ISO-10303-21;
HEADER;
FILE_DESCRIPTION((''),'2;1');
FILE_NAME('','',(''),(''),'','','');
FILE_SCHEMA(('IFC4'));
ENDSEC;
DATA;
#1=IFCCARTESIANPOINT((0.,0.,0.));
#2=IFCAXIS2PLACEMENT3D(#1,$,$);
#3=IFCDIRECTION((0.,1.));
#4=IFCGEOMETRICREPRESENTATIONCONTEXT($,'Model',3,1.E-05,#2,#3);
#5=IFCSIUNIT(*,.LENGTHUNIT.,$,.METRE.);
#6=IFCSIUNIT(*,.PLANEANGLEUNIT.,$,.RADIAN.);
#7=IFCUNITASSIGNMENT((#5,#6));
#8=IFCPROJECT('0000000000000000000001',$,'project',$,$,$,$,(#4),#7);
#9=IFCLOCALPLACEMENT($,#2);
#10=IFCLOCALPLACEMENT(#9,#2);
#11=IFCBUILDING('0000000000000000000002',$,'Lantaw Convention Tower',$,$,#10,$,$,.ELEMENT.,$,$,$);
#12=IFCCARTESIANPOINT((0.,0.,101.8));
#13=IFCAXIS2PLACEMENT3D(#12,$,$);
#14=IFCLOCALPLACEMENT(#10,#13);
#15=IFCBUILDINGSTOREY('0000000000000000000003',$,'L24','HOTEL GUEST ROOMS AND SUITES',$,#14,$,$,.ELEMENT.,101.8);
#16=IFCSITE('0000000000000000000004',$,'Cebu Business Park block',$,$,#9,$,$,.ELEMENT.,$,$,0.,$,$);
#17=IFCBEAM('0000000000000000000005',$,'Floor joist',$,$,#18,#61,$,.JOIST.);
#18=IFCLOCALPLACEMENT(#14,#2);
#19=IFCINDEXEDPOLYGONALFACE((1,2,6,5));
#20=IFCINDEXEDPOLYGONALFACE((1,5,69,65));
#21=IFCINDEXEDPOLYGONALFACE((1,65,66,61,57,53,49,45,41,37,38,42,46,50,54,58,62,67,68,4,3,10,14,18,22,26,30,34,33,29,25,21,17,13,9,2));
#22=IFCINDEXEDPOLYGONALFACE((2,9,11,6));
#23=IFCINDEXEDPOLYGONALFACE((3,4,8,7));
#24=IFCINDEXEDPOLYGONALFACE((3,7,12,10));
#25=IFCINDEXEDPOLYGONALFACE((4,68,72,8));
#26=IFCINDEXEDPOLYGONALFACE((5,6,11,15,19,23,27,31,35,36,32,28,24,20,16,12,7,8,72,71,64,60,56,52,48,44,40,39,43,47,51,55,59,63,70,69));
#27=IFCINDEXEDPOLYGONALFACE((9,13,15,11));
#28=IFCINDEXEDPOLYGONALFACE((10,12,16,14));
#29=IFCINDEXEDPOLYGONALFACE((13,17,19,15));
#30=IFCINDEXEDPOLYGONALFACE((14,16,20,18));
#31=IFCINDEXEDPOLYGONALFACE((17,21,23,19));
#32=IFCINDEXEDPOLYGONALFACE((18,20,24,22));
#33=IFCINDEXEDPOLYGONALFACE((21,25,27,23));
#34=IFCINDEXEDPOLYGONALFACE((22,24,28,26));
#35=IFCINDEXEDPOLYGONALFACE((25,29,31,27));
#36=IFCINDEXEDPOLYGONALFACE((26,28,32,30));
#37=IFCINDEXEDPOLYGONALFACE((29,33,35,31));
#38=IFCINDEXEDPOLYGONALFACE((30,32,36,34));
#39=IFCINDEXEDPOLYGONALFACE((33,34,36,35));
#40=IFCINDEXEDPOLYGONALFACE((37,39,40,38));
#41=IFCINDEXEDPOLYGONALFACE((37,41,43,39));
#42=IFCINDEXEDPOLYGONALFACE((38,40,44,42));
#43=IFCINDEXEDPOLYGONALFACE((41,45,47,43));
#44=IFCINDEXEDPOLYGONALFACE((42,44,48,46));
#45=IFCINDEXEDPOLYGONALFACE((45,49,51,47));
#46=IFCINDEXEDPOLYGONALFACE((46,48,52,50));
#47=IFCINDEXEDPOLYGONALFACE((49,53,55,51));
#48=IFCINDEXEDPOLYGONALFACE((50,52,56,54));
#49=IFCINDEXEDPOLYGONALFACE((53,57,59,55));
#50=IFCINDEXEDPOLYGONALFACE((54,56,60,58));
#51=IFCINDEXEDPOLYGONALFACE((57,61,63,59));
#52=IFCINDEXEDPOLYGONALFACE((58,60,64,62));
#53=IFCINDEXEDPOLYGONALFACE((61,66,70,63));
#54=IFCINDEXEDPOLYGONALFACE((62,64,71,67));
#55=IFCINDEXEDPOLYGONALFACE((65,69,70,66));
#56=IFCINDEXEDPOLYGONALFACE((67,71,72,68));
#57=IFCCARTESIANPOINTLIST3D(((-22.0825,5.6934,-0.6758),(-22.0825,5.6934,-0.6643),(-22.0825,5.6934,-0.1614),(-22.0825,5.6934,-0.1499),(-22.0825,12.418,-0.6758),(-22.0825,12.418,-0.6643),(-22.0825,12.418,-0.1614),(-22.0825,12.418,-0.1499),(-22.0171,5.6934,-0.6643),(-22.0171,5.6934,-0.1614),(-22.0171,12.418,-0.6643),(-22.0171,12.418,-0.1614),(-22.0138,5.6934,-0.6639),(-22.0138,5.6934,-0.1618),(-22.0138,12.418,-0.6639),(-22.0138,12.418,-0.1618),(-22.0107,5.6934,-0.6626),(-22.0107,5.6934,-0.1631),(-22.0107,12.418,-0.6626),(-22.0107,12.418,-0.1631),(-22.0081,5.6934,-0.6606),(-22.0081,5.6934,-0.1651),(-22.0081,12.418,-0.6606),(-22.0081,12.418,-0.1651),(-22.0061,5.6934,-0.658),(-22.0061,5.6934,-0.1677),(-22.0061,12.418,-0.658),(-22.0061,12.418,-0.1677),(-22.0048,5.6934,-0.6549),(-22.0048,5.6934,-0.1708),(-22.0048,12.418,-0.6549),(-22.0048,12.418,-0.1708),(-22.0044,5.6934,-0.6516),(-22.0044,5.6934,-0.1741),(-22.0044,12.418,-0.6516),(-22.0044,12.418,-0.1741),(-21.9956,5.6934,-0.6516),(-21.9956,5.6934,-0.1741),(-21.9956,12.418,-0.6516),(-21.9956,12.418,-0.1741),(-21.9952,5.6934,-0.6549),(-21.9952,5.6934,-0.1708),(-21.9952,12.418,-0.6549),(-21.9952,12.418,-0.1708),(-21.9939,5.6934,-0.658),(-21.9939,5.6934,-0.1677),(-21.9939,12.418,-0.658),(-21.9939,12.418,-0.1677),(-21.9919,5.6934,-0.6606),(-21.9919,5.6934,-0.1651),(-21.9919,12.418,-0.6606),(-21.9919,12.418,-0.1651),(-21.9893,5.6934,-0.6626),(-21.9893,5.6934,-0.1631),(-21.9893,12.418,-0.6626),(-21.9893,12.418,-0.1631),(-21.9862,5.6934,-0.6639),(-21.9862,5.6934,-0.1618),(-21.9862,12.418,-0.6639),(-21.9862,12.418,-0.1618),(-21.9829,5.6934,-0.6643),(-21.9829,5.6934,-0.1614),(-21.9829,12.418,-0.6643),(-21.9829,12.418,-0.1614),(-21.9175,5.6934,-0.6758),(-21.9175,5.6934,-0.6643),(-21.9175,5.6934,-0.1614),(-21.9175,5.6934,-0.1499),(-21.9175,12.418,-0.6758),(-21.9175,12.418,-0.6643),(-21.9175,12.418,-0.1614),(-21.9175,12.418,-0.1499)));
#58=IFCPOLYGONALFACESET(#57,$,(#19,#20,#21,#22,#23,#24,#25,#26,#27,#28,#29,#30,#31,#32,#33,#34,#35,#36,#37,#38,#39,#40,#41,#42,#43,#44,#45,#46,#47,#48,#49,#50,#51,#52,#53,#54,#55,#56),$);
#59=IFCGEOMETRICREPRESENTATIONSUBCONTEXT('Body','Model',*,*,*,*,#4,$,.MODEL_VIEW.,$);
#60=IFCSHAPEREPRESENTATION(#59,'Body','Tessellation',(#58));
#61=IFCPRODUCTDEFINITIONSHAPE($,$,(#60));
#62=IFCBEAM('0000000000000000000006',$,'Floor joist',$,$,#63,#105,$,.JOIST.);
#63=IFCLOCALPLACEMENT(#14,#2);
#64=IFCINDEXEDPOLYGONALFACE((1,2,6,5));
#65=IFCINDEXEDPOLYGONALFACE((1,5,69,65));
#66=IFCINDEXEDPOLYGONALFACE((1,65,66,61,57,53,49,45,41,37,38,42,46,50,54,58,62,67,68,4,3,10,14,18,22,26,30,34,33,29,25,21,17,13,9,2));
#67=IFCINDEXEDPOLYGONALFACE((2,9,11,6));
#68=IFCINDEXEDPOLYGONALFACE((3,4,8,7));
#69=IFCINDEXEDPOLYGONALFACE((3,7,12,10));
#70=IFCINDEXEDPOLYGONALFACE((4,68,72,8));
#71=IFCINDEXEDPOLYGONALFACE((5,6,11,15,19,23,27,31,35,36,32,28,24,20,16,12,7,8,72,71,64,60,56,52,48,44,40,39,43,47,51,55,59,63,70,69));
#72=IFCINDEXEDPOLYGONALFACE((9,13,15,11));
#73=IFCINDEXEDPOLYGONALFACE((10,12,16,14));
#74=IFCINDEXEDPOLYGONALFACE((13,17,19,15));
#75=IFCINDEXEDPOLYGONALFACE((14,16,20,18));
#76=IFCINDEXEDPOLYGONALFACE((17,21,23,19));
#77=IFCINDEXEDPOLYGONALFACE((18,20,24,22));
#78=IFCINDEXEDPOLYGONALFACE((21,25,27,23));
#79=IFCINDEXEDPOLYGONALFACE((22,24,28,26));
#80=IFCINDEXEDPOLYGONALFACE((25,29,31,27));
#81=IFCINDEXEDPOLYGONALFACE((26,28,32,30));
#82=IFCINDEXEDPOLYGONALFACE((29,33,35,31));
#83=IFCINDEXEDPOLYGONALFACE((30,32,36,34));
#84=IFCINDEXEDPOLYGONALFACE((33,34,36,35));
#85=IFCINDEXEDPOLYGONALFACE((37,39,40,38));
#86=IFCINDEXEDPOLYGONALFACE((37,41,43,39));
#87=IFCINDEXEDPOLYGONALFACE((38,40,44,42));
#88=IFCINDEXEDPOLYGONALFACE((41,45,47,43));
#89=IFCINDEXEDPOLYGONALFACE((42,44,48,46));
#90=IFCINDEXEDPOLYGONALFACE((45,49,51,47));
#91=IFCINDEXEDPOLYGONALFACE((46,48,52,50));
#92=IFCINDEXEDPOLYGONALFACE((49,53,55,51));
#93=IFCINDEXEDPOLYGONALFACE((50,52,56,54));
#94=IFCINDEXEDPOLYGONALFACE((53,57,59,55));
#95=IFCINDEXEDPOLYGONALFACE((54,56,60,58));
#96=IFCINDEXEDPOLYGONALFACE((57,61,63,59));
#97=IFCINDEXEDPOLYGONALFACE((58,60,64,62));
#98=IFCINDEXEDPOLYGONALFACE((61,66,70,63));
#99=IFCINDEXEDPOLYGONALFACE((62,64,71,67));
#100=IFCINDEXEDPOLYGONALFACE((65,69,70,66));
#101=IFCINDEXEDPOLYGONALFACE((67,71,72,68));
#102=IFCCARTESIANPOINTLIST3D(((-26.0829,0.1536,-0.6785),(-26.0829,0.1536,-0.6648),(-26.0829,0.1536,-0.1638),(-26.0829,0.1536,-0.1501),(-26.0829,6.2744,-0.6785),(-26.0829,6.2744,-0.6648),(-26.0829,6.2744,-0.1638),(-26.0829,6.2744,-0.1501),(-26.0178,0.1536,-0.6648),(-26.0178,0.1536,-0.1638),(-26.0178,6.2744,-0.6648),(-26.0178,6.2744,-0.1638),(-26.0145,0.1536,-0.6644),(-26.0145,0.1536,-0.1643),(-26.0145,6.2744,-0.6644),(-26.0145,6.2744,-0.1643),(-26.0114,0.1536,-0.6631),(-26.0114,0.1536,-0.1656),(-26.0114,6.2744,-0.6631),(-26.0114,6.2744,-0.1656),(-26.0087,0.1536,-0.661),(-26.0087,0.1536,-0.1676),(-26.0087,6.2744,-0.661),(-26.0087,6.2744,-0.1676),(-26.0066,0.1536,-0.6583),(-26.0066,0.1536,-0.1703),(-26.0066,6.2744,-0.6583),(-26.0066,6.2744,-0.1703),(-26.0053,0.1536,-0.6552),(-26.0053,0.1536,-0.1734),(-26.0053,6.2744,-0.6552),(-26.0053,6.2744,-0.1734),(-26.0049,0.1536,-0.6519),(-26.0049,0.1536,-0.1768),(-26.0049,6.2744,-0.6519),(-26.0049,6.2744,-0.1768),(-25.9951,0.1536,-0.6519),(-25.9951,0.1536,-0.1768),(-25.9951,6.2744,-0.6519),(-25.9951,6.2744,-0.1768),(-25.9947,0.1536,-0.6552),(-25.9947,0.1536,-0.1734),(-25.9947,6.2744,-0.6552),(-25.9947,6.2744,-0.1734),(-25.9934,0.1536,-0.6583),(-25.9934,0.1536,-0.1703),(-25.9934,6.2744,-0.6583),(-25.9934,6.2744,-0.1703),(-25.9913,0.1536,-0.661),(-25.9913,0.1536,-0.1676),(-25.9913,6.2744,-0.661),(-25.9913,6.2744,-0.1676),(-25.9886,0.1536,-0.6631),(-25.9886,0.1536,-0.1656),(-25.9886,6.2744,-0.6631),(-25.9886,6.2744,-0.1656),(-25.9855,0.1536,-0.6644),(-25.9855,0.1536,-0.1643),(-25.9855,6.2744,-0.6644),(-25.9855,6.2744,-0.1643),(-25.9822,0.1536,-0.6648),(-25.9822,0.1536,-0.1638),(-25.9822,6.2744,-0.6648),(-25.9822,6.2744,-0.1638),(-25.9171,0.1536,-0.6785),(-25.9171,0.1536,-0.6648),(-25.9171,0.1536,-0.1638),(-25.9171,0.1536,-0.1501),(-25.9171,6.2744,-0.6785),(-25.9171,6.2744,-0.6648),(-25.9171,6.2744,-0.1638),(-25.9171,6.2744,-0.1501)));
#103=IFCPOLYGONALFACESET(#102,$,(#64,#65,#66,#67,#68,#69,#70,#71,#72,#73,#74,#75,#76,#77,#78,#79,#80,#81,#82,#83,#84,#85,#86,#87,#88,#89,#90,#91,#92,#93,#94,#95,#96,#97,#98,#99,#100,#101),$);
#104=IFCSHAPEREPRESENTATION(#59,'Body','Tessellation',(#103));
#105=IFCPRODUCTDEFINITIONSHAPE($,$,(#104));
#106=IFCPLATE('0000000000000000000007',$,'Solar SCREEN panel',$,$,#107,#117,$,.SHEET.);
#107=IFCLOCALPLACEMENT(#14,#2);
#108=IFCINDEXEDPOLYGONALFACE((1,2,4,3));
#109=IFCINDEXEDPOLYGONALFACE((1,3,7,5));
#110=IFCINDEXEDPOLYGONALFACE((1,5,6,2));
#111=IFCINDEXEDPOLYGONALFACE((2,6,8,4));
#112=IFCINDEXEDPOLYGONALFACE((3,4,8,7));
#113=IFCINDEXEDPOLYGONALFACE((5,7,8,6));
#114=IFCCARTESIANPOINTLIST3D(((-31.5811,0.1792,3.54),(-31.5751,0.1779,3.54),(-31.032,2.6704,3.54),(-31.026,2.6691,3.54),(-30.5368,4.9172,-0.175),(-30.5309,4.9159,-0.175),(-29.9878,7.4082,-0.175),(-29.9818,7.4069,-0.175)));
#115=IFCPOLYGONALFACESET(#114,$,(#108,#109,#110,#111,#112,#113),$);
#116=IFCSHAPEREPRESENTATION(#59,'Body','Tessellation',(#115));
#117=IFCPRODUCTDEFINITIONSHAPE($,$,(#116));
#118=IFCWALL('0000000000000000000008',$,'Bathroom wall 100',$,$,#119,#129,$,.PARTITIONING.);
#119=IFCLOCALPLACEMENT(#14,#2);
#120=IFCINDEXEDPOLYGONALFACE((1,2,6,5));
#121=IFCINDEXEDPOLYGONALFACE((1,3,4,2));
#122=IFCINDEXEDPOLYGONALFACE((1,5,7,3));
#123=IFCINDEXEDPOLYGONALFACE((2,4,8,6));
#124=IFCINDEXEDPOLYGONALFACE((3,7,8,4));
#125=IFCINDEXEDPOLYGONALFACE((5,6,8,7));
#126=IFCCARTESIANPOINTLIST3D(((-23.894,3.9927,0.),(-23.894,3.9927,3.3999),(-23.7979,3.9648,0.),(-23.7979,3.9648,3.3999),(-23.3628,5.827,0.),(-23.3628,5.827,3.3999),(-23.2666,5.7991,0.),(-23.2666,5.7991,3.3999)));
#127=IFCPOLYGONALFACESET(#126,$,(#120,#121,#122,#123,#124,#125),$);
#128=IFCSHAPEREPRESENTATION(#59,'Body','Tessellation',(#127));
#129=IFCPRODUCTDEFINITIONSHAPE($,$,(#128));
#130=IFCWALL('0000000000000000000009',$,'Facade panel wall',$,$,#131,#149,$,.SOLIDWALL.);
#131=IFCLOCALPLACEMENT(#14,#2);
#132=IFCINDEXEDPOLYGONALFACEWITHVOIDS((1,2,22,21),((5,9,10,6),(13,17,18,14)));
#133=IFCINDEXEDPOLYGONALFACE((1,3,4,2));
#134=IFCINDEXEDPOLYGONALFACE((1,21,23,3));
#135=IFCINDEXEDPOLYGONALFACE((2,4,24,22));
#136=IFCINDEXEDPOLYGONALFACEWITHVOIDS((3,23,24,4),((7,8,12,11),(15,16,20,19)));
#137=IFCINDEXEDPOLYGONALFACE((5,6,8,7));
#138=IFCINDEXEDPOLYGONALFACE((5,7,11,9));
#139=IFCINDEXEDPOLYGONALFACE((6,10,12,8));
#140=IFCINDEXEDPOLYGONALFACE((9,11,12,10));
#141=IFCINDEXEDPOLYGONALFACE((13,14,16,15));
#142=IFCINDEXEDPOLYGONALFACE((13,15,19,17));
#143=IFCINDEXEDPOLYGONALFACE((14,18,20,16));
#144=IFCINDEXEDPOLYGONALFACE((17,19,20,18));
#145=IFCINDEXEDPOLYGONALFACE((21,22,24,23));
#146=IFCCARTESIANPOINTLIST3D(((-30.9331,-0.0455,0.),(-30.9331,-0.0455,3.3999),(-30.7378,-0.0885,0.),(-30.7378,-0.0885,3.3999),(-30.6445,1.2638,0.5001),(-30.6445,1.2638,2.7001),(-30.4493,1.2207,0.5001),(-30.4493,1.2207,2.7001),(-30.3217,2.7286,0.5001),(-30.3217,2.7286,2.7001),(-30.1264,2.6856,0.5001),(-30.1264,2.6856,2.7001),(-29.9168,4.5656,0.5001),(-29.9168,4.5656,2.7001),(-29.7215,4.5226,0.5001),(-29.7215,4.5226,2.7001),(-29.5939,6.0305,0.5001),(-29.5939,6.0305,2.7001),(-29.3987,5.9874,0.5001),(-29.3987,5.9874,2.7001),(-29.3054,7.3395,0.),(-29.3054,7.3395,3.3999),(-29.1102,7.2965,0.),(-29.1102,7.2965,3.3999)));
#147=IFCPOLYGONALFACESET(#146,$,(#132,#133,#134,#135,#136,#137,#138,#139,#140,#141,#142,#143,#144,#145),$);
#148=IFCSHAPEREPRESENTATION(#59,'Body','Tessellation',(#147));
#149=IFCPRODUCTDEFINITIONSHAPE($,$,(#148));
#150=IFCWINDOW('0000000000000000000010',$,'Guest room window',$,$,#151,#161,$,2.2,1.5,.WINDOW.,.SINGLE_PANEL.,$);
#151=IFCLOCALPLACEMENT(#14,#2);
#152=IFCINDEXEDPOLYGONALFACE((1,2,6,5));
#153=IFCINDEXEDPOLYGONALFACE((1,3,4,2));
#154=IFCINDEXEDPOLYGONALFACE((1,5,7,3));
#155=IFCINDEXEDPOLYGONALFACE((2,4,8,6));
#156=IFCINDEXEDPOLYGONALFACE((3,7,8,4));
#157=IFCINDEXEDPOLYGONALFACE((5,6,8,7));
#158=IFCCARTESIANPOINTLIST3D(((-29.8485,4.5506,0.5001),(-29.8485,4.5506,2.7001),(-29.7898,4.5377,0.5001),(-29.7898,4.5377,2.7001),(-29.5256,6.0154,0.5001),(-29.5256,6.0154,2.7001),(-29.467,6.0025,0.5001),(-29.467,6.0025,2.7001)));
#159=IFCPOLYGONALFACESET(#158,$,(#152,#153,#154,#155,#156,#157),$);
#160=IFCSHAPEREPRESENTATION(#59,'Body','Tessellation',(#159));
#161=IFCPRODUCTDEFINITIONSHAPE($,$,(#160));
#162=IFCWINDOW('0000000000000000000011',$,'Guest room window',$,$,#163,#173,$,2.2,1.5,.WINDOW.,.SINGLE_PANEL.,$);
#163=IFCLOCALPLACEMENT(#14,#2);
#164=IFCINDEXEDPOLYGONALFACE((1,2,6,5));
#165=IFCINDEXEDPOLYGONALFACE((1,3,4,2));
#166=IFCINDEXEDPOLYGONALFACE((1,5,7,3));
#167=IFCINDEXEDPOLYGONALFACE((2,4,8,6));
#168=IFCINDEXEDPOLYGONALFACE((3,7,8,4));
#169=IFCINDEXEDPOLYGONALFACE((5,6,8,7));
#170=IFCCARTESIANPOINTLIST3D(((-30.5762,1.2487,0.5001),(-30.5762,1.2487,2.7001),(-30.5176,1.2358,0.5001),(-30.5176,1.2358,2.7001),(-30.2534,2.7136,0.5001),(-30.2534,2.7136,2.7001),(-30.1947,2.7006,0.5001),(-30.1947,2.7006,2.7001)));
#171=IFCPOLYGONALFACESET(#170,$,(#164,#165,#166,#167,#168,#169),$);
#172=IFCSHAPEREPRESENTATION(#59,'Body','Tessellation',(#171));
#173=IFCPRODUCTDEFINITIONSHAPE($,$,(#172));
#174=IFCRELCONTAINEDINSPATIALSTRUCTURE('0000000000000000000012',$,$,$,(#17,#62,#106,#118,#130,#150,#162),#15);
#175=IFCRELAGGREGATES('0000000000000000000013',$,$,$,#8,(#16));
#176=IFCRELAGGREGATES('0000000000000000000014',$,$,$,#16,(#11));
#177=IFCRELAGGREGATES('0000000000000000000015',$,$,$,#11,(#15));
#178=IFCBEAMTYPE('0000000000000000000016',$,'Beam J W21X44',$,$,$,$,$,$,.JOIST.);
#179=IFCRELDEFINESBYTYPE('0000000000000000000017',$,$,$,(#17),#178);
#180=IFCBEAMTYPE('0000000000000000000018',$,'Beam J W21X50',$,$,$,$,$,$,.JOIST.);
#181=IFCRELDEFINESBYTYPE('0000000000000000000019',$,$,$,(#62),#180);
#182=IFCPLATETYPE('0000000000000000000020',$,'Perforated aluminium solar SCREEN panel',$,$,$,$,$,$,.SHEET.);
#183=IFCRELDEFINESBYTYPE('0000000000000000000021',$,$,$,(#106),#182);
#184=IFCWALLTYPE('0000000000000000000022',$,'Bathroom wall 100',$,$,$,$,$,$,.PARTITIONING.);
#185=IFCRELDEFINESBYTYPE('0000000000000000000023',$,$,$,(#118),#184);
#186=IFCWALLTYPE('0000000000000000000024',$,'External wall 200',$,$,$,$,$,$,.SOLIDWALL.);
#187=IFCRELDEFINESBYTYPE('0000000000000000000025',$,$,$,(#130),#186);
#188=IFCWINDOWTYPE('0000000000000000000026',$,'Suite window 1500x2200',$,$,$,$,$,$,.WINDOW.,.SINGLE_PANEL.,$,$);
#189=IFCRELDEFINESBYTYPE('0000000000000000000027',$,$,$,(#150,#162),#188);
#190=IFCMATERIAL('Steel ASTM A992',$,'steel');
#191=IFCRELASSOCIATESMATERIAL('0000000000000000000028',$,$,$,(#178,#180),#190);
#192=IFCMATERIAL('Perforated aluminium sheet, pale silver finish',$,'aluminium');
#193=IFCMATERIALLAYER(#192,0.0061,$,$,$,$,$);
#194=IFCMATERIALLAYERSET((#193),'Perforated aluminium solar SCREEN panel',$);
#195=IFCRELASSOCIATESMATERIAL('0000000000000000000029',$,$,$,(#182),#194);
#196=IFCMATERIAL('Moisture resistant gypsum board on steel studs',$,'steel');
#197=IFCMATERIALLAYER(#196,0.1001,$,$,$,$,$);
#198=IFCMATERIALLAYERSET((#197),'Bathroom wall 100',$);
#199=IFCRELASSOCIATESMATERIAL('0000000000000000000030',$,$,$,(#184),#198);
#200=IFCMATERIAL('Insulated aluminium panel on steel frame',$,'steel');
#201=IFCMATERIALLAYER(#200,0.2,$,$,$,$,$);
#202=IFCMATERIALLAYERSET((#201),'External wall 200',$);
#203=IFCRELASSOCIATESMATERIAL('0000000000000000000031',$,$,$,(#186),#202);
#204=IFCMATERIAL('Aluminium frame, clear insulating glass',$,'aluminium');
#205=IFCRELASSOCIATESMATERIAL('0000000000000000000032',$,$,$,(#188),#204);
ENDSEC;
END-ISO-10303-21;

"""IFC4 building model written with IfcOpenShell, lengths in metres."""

from ifc_helpers import new_model, si_unit, direction, frame, frame_2d, origin, origin_2d, place, context, subcontext, project, spatial, polyline, rectangle, i_section, outline, extrude, material, layer, layer_set, material_profile, profile_set, type_object, element, fill, save


model = new_model("IFC4")

# Units and contexts
model_context = context("Model", 3, precision=1e-05, world=origin(), true_north=direction((0.0, 1.0)))
body_context = subcontext(model_context, "Body", "Model", "MODEL_VIEW")
ifc_project = project(units=[si_unit("LENGTHUNIT", "METRE"), si_unit("PLANEANGLEUNIT", "RADIAN")], contexts=[model_context])

# Site, building, storey
site_placement = place(None, origin())
site = spatial("IfcSite", under=ifc_project, at=site_placement, Name="Cebu Business Park block", CompositionType="ELEMENT", RefElevation=0.0)
building_placement = place(site_placement, origin())
building = spatial("IfcBuilding", under=site, at=building_placement, Name="Lantaw Convention Tower", CompositionType="ELEMENT")
storey_placement = place(building_placement, frame((0.0, 0.0, 101.8)))
storey = spatial("IfcBuildingStorey", under=building, at=storey_placement, Name="L24", Description="HOTEL GUEST ROOMS AND SUITES", CompositionType="ELEMENT", Elevation=101.8)

# Beams
ifc_material_1 = material(Name="Steel ASTM A992", Category="steel")
ifc_material_profile_1 = material_profile(ifc_material_1, i_section(OverallWidth=0.165, OverallDepth=0.5259, WebThickness=0.0088, FlangeThickness=0.0115, FilletRadius=0.0127, at=origin_2d()), Name="W21X44")
ifc_profile_set_1 = profile_set([ifc_material_profile_1], Name="Steel ASTM A992")
beam_type_1 = type_object("IfcBeamType", Name="Beam J W21X44", PredefinedType="JOIST", material=ifc_profile_set_1)
beam_1_placement = place(storey_placement, frame((-22.0, 5.6934, -0.4128), z_axis=(0.0, 1.0, 0.0), x_axis=(-1.0, 0.0, 0.0)))
element("IfcBeam", 1, at=beam_1_placement, inside=storey, type_object=beam_type_1, Name="Floor joist", PredefinedType="JOIST", context=body_context, shape_type="SweptSolid", body=[
    extrude(i_section(OverallWidth=0.165, OverallDepth=0.5259, WebThickness=0.0088, FlangeThickness=0.0115, FilletRadius=0.0127, at=origin_2d()), origin(), (0.0, 0.0, 1.0), 6.7246),
])
ifc_material_profile_2 = material_profile(ifc_material_1, i_section(OverallWidth=0.1658, OverallDepth=0.5283, WebThickness=0.0098, FlangeThickness=0.0137, FilletRadius=0.0129, at=origin_2d()), Name="W21X50")
ifc_profile_set_2 = profile_set([ifc_material_profile_2], Name="Steel ASTM A992")
beam_type_2 = type_object("IfcBeamType", Name="Beam J W21X50", PredefinedType="JOIST", material=ifc_profile_set_2)
beam_2_placement = place(storey_placement, frame((-26.0, 0.1536, -0.4143), z_axis=(0.0, 1.0, 0.0), x_axis=(-1.0, 0.0, 0.0)))
element("IfcBeam", 2, at=beam_2_placement, inside=storey, type_object=beam_type_2, Name="Floor joist", PredefinedType="JOIST", context=body_context, shape_type="SweptSolid", body=[
    extrude(i_section(OverallWidth=0.1658, OverallDepth=0.5283, WebThickness=0.0098, FlangeThickness=0.0137, FilletRadius=0.0129, at=origin_2d()), origin(), (0.0, 0.0, 1.0), 6.1208),
])

# Plate
ifc_material_2 = material(Name="Perforated aluminium sheet, pale silver finish", Category="aluminium")
ifc_layer_1 = layer(ifc_material_2, 0.0061)
ifc_layer_set_1 = layer_set([ifc_layer_1], Name="Perforated aluminium solar SCREEN panel")
plate_type = type_object("IfcPlateType", Name="Perforated aluminium solar SCREEN panel", PredefinedType="SHEET", material=ifc_layer_set_1)
plate_placement = place(storey_placement, frame((-29.9878, 7.4082, -0.175), z_axis=(-0.976559, 0.215248, 0.00003), x_axis=(-0.215248, -0.976559, 0.0)))
element("IfcPlate", 3, at=plate_placement, inside=storey, type_object=plate_type, Name="Solar SCREEN panel", PredefinedType="SHEET", context=body_context, shape_type="SweptSolid", body=[
    extrude(outline(polyline([(0.0, 0.0), (2.5508, 0.0), (7.4025, 3.7151), (4.8515, 3.7151), (0.0, 0.0)])), origin(), (0.0, 0.0, -1.0), 0.0061),
])

# Wall
ifc_material_3 = material(Name="Moisture resistant gypsum board on steel studs", Category="steel")
ifc_layer_2 = layer(ifc_material_3, 0.1001)
ifc_layer_set_2 = layer_set([ifc_layer_2], Name="Bathroom wall 100")
wall_type_1 = type_object("IfcWallType", Name="Bathroom wall 100", PredefinedType="PARTITIONING", material=ifc_layer_set_2)
wall_1_placement = place(storey_placement, frame((-23.8459, 3.9788, 0.0), z_axis=(0.0, 0.0, 1.0), x_axis=(0.278198, 0.960524, 0.0)))
element("IfcWall", 4, at=wall_1_placement, inside=storey, type_object=wall_type_1, Name="Bathroom wall 100", PredefinedType="PARTITIONING", context=body_context, shape_type="SweptSolid", body=[
    extrude(rectangle(XDim=1.9097, YDim=0.1001, at=frame_2d((0.9548, 0.0))), origin(), (0.0, 0.0, 1.0), 3.3999),
])

# Wall, openings, windows
ifc_material_4 = material(Name="Insulated aluminium panel on steel frame", Category="steel")
ifc_layer_3 = layer(ifc_material_4, 0.2)
ifc_layer_set_3 = layer_set([ifc_layer_3], Name="External wall 200")
wall_type_2 = type_object("IfcWallType", Name="External wall 200", PredefinedType="SOLIDWALL", material=ifc_layer_set_3)
wall_2_placement = place(storey_placement, frame((-29.2078, 7.3181, 0.0), z_axis=(0.0, 0.0, 1.0), x_axis=(-0.215238, -0.976562, 0.0)))
wall_2 = element("IfcWall", 5, at=wall_2_placement, inside=storey, type_object=wall_type_2, Name="Facade panel wall", PredefinedType="SOLIDWALL", context=body_context, shape_type="SweptSolid", body=[
    extrude(rectangle(XDim=7.5623, YDim=0.2, at=frame_2d((3.7812, 0.0))), origin(), (0.0, 0.0, 1.0), 3.3999),
])
opening_1_placement = place(wall_2_placement, frame((1.3406, 0.0, 0.5)))
opening_1 = element("IfcOpeningElement", 6, at=opening_1_placement, cuts=wall_2, PredefinedType="OPENING", context=body_context, shape_type="SweptSolid", body=[
    extrude(rectangle(XDim=1.5, YDim=2.2, at=frame_2d((0.75, 1.1001))), frame((0.0, 0.1099, 0.0), z_axis=(0.0, -1.0, 0.0), x_axis=(1.0, 0.0, 0.0)), (0.0, 0.0, 1.0), 0.22),
])
opening_2_placement = place(wall_2_placement, frame((4.7217, 0.0, 0.5)))
opening_2 = element("IfcOpeningElement", 7, at=opening_2_placement, cuts=wall_2, PredefinedType="OPENING", context=body_context, shape_type="SweptSolid", body=[
    extrude(rectangle(XDim=1.5, YDim=2.2, at=frame_2d((0.75, 1.1001))), frame((0.0, 0.1099, 0.0), z_axis=(0.0, -1.0, 0.0), x_axis=(1.0, 0.0, 0.0)), (0.0, 0.0, 1.0), 0.22),
])
ifc_material_5 = material(Name="Aluminium frame, clear insulating glass", Category="aluminium")
window_type = type_object("IfcWindowType", Name="Suite window 1500x2200", PartitioningType="SINGLE_PANEL", PredefinedType="WINDOW", material=ifc_material_5)
window_1_placement = place(opening_1_placement, origin())
window_1 = element("IfcWindow", 8, at=window_1_placement, inside=storey, type_object=window_type, Name="Guest room window", OverallHeight=2.2, OverallWidth=1.5, PartitioningType="SINGLE_PANEL", PredefinedType="WINDOW", context=body_context, shape_type="SweptSolid", body=[
    extrude(rectangle(XDim=1.5, YDim=2.2, at=frame_2d((0.75, 1.1001))), frame((0.0, 0.03, 0.0), z_axis=(0.0, -1.0, 0.0), x_axis=(1.0, 0.0, 0.0)), (0.0, 0.0, 1.0), 0.0601),
])
fill(opening_1, window_1)
window_2_placement = place(opening_2_placement, origin())
window_2 = element("IfcWindow", 9, at=window_2_placement, inside=storey, type_object=window_type, Name="Guest room window", OverallHeight=2.2, OverallWidth=1.5, PartitioningType="SINGLE_PANEL", PredefinedType="WINDOW", context=body_context, shape_type="SweptSolid", body=[
    extrude(rectangle(XDim=1.5, YDim=2.2, at=frame_2d((0.75, 1.1001))), frame((0.0, 0.03, 0.0), z_axis=(0.0, -1.0, 0.0), x_axis=(1.0, 0.0, 0.0)), (0.0, 0.0, 1.0), 0.0601),
])
fill(opening_2, window_2)

save(model, "model.ifc")
